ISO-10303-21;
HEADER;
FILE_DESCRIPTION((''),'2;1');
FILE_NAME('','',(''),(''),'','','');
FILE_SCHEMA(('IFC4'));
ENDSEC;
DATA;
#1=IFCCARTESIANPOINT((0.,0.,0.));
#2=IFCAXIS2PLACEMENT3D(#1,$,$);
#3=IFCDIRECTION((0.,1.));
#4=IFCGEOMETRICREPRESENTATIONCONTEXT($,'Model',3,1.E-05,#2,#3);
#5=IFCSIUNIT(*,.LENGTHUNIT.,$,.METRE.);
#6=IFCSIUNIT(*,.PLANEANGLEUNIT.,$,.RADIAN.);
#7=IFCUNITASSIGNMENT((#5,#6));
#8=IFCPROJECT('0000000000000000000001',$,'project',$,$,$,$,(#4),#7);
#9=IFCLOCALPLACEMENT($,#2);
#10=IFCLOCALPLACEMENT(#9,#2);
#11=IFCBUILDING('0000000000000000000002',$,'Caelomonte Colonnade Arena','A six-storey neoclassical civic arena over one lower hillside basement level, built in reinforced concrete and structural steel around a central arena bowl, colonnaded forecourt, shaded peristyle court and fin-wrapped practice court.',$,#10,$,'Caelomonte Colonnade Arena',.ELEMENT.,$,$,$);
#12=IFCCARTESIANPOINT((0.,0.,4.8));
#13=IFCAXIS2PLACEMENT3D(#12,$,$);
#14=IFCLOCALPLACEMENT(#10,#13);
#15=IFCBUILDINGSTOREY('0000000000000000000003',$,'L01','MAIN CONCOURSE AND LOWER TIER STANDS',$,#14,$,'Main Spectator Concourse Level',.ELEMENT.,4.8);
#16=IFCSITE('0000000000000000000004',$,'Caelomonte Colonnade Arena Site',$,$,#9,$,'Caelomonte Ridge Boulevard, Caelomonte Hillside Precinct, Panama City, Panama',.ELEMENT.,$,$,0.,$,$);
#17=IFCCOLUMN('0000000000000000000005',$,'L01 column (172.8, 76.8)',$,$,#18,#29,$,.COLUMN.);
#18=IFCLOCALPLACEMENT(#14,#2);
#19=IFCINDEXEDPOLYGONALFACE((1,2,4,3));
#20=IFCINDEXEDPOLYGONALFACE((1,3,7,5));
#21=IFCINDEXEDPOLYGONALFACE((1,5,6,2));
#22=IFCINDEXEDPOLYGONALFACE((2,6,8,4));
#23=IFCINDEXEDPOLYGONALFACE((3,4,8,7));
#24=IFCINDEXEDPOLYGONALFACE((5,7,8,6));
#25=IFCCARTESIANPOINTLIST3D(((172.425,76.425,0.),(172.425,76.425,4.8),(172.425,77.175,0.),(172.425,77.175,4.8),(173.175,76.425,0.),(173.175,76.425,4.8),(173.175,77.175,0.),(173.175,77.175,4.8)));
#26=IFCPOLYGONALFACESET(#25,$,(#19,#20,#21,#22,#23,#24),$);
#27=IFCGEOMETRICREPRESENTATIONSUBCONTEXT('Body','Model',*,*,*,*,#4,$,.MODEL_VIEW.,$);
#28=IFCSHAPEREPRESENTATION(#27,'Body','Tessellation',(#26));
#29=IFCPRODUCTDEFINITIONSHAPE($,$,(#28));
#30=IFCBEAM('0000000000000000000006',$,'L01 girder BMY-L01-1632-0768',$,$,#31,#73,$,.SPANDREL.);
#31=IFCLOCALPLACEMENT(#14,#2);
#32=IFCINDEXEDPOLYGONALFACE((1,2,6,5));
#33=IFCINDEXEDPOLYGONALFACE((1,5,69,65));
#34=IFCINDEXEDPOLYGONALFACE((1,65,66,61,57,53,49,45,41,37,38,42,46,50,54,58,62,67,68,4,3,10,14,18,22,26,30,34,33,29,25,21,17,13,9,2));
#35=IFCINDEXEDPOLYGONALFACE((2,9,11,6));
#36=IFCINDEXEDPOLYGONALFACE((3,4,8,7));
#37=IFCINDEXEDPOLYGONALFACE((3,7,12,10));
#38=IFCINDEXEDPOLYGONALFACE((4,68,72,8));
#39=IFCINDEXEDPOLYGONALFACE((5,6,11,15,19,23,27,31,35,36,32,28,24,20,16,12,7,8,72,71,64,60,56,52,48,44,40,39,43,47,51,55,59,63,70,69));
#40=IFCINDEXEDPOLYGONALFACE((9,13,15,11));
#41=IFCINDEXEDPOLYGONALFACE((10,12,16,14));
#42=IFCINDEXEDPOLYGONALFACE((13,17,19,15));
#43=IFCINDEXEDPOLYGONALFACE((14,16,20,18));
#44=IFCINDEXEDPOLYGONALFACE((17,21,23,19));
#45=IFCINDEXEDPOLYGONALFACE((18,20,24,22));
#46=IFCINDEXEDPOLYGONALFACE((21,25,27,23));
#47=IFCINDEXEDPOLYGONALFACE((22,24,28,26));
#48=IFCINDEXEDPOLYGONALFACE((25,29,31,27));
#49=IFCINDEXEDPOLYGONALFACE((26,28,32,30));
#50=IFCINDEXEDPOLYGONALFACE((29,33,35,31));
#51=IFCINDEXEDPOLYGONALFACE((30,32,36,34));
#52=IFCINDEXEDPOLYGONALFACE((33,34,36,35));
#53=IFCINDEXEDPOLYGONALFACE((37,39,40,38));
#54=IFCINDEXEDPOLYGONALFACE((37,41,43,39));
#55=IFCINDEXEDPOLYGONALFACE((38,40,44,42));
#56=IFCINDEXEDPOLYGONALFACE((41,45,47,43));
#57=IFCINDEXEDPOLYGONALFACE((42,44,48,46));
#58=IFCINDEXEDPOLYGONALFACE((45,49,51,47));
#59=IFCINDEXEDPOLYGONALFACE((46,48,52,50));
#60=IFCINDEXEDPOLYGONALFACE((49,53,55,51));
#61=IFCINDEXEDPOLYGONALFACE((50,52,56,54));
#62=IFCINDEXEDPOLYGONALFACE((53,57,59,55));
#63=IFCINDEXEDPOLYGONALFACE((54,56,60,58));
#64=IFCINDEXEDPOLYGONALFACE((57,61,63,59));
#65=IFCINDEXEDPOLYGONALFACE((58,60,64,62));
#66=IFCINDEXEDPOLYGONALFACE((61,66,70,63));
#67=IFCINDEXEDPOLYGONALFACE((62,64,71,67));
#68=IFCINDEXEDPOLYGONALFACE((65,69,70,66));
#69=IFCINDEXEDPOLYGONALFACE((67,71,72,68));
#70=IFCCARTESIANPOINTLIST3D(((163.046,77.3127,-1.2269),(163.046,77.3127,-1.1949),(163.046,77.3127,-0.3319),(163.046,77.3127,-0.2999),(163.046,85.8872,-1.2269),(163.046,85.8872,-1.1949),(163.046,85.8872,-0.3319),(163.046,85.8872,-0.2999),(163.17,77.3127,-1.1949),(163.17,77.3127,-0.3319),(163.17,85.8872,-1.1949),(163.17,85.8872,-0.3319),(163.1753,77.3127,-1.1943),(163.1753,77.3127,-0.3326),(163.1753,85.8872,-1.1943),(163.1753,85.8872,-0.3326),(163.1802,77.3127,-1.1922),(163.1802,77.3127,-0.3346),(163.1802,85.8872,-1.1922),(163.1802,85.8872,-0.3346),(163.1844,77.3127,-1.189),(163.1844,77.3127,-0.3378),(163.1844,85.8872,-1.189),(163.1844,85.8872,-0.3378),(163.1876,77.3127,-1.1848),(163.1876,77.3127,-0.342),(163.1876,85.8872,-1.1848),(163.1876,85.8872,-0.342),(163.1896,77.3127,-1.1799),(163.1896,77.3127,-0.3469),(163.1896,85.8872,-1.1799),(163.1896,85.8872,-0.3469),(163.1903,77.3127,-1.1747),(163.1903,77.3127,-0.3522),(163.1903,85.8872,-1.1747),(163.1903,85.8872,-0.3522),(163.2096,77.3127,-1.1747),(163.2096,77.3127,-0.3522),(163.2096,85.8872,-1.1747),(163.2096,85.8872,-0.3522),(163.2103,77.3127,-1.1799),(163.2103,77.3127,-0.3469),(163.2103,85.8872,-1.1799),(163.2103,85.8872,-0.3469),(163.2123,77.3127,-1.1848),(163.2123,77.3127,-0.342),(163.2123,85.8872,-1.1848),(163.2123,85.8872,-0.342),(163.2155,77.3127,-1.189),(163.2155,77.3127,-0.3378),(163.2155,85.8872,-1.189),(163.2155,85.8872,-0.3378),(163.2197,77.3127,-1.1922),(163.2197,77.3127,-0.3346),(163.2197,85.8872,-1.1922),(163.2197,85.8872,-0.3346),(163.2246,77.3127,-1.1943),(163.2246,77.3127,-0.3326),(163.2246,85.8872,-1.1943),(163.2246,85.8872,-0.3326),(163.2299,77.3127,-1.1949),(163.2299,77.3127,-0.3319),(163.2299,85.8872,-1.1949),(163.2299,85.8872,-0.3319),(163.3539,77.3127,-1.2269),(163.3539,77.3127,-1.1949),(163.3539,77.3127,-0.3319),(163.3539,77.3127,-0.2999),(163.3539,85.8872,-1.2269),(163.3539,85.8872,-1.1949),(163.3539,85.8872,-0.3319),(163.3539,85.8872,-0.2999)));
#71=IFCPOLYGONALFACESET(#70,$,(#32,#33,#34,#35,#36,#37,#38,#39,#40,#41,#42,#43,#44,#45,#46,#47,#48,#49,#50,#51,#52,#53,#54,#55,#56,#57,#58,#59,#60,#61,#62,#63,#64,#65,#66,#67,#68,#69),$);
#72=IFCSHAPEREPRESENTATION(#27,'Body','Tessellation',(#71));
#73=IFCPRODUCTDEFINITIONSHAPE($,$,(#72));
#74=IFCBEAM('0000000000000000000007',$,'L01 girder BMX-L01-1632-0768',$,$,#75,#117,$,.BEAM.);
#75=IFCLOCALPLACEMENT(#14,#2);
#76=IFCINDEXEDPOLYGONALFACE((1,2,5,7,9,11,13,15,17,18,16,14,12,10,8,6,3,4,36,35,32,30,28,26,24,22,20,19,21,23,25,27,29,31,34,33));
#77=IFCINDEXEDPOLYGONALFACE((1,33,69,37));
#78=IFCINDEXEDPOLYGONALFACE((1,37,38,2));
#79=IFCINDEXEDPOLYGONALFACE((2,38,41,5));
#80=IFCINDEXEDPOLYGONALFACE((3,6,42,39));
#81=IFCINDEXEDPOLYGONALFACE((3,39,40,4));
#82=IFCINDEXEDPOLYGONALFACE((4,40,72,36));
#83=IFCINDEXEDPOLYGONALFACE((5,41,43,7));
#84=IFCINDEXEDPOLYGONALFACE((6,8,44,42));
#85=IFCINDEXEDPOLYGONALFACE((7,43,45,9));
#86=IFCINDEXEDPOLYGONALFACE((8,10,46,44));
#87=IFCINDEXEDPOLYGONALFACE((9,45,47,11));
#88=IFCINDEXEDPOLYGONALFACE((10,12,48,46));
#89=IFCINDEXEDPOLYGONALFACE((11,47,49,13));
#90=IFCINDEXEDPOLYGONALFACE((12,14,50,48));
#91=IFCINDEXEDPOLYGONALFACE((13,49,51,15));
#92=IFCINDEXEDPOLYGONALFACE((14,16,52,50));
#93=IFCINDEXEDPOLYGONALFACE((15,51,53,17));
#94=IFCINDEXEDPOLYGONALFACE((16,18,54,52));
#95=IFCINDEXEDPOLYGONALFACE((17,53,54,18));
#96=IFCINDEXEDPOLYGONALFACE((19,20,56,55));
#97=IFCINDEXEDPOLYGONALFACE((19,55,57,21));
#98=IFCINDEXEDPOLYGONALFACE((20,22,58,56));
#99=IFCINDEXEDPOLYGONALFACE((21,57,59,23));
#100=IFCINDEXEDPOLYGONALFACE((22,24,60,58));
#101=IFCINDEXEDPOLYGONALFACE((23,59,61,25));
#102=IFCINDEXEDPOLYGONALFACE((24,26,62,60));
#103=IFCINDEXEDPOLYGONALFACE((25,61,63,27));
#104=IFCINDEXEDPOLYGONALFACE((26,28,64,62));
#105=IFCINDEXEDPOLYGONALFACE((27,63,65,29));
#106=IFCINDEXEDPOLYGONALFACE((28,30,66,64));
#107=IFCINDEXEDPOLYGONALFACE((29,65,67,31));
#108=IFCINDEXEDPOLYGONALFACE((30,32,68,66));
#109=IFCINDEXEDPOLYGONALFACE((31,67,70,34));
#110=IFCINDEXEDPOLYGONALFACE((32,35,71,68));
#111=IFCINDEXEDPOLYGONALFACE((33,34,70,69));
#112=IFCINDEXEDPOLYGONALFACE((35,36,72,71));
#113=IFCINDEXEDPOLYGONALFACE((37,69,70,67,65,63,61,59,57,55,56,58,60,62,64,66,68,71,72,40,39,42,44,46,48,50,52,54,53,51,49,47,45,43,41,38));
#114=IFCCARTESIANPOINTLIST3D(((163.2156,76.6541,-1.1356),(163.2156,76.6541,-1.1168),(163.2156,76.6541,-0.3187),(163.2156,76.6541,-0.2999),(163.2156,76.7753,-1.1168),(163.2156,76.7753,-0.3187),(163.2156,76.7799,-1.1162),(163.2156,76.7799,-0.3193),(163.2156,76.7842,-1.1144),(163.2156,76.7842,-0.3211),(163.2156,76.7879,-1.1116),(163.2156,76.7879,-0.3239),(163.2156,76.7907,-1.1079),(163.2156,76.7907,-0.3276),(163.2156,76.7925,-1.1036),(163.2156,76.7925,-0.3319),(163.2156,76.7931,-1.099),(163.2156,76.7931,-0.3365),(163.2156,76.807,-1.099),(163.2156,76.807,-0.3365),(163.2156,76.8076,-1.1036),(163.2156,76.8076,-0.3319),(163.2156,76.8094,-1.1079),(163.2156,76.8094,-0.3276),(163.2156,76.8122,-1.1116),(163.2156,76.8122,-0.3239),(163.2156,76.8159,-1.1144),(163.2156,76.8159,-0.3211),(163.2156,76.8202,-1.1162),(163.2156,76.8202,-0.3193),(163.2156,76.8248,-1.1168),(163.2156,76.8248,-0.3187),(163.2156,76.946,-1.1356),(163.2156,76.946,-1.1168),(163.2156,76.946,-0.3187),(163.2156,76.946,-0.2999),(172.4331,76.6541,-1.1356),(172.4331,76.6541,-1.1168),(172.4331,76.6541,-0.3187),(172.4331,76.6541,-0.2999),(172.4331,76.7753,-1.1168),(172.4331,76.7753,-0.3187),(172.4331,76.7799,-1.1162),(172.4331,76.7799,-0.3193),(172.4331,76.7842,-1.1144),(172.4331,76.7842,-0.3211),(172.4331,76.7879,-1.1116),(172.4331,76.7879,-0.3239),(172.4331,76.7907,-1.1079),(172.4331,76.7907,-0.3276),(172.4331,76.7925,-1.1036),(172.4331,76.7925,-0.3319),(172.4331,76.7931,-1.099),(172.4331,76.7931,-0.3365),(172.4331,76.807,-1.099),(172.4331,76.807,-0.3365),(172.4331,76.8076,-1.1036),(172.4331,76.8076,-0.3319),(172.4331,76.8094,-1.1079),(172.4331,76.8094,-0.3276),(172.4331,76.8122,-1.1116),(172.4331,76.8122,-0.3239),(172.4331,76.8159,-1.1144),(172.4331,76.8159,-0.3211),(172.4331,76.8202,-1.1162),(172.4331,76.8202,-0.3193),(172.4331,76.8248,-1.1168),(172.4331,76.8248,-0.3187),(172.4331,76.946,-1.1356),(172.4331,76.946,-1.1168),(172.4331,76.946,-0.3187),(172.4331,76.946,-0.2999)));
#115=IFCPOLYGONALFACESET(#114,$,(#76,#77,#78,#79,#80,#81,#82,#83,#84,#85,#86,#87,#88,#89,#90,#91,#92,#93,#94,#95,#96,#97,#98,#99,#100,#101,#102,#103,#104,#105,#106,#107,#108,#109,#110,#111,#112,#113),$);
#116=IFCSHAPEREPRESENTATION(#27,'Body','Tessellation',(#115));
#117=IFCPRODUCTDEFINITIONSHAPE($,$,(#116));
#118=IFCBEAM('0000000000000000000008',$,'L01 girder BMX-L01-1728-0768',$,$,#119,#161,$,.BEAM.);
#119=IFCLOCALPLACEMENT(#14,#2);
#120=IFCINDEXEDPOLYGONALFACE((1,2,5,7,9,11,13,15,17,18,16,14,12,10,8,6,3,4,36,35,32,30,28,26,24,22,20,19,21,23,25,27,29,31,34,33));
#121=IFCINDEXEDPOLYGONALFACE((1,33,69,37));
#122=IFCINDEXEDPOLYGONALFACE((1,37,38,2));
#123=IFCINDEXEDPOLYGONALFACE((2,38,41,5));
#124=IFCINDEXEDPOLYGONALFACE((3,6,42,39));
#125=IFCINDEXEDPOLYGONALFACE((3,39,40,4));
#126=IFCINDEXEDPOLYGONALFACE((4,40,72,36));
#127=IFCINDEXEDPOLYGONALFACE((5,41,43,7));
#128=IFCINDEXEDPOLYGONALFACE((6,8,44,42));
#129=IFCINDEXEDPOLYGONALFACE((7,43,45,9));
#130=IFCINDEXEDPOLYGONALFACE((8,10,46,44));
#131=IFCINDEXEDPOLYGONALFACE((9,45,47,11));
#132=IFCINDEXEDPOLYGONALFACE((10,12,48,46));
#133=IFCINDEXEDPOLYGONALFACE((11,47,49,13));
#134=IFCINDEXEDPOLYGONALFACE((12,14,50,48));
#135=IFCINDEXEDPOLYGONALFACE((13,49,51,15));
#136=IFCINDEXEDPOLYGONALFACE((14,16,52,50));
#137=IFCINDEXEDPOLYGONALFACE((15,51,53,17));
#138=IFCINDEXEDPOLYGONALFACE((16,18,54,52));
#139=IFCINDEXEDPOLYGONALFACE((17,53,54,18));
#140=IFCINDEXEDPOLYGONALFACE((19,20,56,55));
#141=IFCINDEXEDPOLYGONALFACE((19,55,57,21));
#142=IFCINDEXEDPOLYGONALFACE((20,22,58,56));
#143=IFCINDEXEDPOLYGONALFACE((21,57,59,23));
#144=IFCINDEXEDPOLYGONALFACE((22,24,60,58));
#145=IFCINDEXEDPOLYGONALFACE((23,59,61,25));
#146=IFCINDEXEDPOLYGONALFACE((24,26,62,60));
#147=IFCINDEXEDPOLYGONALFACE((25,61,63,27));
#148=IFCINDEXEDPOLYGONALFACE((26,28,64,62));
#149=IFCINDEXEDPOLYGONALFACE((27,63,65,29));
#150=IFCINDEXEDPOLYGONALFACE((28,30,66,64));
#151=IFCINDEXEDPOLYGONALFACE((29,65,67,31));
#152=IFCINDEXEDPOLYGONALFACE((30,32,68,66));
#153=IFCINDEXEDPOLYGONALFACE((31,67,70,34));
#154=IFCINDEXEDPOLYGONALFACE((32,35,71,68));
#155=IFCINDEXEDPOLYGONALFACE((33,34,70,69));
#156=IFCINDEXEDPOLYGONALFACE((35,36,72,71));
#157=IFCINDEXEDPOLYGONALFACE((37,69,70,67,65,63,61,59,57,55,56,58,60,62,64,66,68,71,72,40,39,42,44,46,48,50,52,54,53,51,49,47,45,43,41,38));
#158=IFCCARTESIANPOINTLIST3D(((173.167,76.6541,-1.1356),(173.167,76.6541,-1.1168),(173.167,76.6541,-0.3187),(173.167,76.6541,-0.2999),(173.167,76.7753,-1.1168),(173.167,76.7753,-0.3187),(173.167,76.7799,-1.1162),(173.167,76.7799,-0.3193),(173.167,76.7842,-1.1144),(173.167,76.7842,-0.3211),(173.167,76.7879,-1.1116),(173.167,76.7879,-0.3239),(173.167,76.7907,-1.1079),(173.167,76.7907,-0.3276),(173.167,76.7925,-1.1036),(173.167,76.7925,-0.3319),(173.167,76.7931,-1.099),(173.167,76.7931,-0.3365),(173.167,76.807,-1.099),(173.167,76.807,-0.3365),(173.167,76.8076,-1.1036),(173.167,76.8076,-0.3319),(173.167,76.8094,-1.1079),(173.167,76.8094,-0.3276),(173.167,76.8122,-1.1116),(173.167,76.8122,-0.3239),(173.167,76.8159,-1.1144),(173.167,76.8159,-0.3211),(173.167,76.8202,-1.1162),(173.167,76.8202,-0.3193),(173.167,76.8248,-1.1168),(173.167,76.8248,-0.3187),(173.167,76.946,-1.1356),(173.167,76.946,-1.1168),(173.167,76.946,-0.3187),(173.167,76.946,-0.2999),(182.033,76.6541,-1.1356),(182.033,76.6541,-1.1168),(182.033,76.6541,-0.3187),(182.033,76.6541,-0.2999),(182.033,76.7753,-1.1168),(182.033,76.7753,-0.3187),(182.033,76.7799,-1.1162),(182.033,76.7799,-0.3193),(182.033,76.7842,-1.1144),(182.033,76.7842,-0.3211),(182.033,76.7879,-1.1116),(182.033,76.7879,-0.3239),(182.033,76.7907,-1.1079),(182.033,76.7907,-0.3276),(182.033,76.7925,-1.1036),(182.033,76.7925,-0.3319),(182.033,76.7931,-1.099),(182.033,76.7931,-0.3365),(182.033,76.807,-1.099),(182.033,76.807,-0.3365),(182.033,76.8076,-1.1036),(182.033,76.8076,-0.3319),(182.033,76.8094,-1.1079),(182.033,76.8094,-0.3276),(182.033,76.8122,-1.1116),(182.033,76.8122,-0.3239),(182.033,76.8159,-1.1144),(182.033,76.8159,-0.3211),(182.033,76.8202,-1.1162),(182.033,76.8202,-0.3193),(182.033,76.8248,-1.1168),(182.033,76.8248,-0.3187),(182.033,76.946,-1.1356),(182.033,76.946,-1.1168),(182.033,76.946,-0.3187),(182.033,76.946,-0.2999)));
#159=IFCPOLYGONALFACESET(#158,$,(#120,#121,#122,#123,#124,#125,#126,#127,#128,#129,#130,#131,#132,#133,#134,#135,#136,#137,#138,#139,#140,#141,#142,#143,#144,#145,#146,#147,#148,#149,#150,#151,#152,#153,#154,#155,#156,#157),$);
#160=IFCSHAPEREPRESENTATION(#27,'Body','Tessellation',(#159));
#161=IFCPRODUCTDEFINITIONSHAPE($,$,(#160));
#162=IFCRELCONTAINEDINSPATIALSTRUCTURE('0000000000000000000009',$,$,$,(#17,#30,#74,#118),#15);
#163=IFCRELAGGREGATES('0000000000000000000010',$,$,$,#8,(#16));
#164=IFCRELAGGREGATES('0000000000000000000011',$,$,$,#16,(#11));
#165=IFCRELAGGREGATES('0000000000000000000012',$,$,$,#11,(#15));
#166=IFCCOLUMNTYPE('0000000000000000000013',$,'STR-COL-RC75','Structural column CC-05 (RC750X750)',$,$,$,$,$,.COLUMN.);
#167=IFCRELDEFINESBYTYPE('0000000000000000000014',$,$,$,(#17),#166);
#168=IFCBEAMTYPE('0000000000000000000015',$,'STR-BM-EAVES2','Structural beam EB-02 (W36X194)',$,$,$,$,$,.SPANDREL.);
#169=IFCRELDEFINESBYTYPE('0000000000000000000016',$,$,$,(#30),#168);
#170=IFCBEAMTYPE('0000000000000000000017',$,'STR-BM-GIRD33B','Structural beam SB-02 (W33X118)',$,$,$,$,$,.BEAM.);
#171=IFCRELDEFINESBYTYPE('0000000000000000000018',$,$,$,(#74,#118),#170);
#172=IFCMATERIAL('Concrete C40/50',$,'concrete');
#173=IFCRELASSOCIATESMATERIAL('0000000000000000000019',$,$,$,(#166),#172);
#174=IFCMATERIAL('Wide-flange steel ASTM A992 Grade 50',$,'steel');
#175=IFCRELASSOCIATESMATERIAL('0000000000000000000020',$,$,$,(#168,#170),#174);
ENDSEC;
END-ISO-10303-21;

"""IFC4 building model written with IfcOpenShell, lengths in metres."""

from ifc_helpers import new_model, si_unit, direction, frame, origin, origin_2d, place, context, subcontext, project, spatial, rectangle, i_section, extrude, material, material_profile, profile_set, type_object, element, save


model = new_model("IFC4")

# Units and contexts
model_context = context("Model", 3, precision=1e-05, world=origin(), true_north=direction((0.0, 1.0)))
body_context = subcontext(model_context, "Body", "Model", "MODEL_VIEW")
ifc_project = project(units=[si_unit("LENGTHUNIT", "METRE"), si_unit("PLANEANGLEUNIT", "RADIAN")], contexts=[model_context])

# Site, building, storey
site_placement = place(None, origin())
site = spatial("IfcSite", under=ifc_project, at=site_placement, Name="Caelomonte Colonnade Arena Site", LongName="Caelomonte Ridge Boulevard, Caelomonte Hillside Precinct, Panama City, Panama", CompositionType="ELEMENT", RefElevation=0.0)
building_placement = place(site_placement, origin())
building = spatial("IfcBuilding", under=site, at=building_placement, Name="Caelomonte Colonnade Arena", Description="A six-storey neoclassical civic arena over one lower hillside basement level, built in reinforced concrete and structural steel around a central arena bowl, colonnaded forecourt, shaded peristyle court and fin-wrapped practice court.", LongName="Caelomonte Colonnade Arena", CompositionType="ELEMENT")
storey_placement = place(building_placement, frame((0.0, 0.0, 4.8)))
storey = spatial("IfcBuildingStorey", under=building, at=storey_placement, Name="L01", Description="MAIN CONCOURSE AND LOWER TIER STANDS", LongName="Main Spectator Concourse Level", CompositionType="ELEMENT", Elevation=4.8)

# Column
ifc_material_1 = material(Name="Concrete C40/50", Category="concrete")
ifc_material_profile_1 = material_profile(ifc_material_1, rectangle(XDim=0.75, YDim=0.75, at=origin_2d()), Name="RC750X750")
ifc_profile_set_1 = profile_set([ifc_material_profile_1], Name="Concrete C40/50")
column_type = type_object("IfcColumnType", Name="STR-COL-RC75", Description="Structural column CC-05 (RC750X750)", PredefinedType="COLUMN", material=ifc_profile_set_1)
column_placement = place(storey_placement, frame((172.8, 76.8, 0.0), z_axis=(0.0, 0.0, 1.0), x_axis=(1.0, 0.0, 0.0)))
element("IfcColumn", 1, at=column_placement, inside=storey, type_object=column_type, Name="L01 column (172.8, 76.8)", PredefinedType="COLUMN", context=body_context, shape_type="SweptSolid", body=[
    extrude(rectangle(XDim=0.75, YDim=0.75, at=origin_2d()), origin(), (0.0, 0.0, 1.0), 4.8),
])

# Beams
ifc_material_2 = material(Name="Wide-flange steel ASTM A992 Grade 50", Category="steel")
ifc_material_profile_2 = material_profile(ifc_material_2, i_section(OverallWidth=0.3079, OverallDepth=0.927, WebThickness=0.0193, FlangeThickness=0.032, FilletRadius=0.0203, at=origin_2d()), Name="W36X194")
ifc_profile_set_2 = profile_set([ifc_material_profile_2], Name="Wide-flange steel ASTM A992 Grade 50")
beam_type_1 = type_object("IfcBeamType", Name="STR-BM-EAVES2", Description="Structural beam EB-02 (W36X194)", PredefinedType="SPANDREL", material=ifc_profile_set_2)
beam_1_placement = place(storey_placement, frame((163.2, 77.3127, -0.7634), z_axis=(0.0, 1.0, 0.0), x_axis=(-1.0, 0.0, 0.0)))
element("IfcBeam", 2, at=beam_1_placement, inside=storey, type_object=beam_type_1, Name="L01 girder BMY-L01-1632-0768", PredefinedType="SPANDREL", context=body_context, shape_type="SweptSolid", body=[
    extrude(i_section(OverallWidth=0.3079, OverallDepth=0.927, WebThickness=0.0193, FlangeThickness=0.032, FilletRadius=0.0203, at=origin_2d()), origin(), (0.0, 0.0, 1.0), 8.5745),
])
ifc_material_profile_3 = material_profile(ifc_material_2, i_section(OverallWidth=0.292, OverallDepth=0.8357, WebThickness=0.0139, FlangeThickness=0.0188, FilletRadius=0.0178, at=origin_2d()), Name="W33X118")
ifc_profile_set_3 = profile_set([ifc_material_profile_3], Name="Wide-flange steel ASTM A992 Grade 50")
beam_type_2 = type_object("IfcBeamType", Name="STR-BM-GIRD33B", Description="Structural beam SB-02 (W33X118)", PredefinedType="BEAM", material=ifc_profile_set_3)
beam_2_placement = place(storey_placement, frame((163.2156, 76.8, -0.7178), z_axis=(1.0, 0.0, 0.0), x_axis=(0.0, 1.0, 0.0)))
element("IfcBeam", 3, at=beam_2_placement, inside=storey, type_object=beam_type_2, Name="L01 girder BMX-L01-1632-0768", PredefinedType="BEAM", context=body_context, shape_type="SweptSolid", body=[
    extrude(i_section(OverallWidth=0.292, OverallDepth=0.8357, WebThickness=0.0139, FlangeThickness=0.0188, FilletRadius=0.0178, at=origin_2d()), origin(), (0.0, 0.0, 1.0), 9.2175),
])
beam_3_placement = place(storey_placement, frame((173.167, 76.8, -0.7178), z_axis=(1.0, 0.0, 0.0), x_axis=(0.0, 1.0, 0.0)))
element("IfcBeam", 4, at=beam_3_placement, inside=storey, type_object=beam_type_2, Name="L01 girder BMX-L01-1728-0768", PredefinedType="BEAM", context=body_context, shape_type="SweptSolid", body=[
    extrude(i_section(OverallWidth=0.292, OverallDepth=0.8357, WebThickness=0.0139, FlangeThickness=0.0188, FilletRadius=0.0178, at=origin_2d()), origin(), (0.0, 0.0, 1.0), 8.866),
])

save(model, "model.ifc")
